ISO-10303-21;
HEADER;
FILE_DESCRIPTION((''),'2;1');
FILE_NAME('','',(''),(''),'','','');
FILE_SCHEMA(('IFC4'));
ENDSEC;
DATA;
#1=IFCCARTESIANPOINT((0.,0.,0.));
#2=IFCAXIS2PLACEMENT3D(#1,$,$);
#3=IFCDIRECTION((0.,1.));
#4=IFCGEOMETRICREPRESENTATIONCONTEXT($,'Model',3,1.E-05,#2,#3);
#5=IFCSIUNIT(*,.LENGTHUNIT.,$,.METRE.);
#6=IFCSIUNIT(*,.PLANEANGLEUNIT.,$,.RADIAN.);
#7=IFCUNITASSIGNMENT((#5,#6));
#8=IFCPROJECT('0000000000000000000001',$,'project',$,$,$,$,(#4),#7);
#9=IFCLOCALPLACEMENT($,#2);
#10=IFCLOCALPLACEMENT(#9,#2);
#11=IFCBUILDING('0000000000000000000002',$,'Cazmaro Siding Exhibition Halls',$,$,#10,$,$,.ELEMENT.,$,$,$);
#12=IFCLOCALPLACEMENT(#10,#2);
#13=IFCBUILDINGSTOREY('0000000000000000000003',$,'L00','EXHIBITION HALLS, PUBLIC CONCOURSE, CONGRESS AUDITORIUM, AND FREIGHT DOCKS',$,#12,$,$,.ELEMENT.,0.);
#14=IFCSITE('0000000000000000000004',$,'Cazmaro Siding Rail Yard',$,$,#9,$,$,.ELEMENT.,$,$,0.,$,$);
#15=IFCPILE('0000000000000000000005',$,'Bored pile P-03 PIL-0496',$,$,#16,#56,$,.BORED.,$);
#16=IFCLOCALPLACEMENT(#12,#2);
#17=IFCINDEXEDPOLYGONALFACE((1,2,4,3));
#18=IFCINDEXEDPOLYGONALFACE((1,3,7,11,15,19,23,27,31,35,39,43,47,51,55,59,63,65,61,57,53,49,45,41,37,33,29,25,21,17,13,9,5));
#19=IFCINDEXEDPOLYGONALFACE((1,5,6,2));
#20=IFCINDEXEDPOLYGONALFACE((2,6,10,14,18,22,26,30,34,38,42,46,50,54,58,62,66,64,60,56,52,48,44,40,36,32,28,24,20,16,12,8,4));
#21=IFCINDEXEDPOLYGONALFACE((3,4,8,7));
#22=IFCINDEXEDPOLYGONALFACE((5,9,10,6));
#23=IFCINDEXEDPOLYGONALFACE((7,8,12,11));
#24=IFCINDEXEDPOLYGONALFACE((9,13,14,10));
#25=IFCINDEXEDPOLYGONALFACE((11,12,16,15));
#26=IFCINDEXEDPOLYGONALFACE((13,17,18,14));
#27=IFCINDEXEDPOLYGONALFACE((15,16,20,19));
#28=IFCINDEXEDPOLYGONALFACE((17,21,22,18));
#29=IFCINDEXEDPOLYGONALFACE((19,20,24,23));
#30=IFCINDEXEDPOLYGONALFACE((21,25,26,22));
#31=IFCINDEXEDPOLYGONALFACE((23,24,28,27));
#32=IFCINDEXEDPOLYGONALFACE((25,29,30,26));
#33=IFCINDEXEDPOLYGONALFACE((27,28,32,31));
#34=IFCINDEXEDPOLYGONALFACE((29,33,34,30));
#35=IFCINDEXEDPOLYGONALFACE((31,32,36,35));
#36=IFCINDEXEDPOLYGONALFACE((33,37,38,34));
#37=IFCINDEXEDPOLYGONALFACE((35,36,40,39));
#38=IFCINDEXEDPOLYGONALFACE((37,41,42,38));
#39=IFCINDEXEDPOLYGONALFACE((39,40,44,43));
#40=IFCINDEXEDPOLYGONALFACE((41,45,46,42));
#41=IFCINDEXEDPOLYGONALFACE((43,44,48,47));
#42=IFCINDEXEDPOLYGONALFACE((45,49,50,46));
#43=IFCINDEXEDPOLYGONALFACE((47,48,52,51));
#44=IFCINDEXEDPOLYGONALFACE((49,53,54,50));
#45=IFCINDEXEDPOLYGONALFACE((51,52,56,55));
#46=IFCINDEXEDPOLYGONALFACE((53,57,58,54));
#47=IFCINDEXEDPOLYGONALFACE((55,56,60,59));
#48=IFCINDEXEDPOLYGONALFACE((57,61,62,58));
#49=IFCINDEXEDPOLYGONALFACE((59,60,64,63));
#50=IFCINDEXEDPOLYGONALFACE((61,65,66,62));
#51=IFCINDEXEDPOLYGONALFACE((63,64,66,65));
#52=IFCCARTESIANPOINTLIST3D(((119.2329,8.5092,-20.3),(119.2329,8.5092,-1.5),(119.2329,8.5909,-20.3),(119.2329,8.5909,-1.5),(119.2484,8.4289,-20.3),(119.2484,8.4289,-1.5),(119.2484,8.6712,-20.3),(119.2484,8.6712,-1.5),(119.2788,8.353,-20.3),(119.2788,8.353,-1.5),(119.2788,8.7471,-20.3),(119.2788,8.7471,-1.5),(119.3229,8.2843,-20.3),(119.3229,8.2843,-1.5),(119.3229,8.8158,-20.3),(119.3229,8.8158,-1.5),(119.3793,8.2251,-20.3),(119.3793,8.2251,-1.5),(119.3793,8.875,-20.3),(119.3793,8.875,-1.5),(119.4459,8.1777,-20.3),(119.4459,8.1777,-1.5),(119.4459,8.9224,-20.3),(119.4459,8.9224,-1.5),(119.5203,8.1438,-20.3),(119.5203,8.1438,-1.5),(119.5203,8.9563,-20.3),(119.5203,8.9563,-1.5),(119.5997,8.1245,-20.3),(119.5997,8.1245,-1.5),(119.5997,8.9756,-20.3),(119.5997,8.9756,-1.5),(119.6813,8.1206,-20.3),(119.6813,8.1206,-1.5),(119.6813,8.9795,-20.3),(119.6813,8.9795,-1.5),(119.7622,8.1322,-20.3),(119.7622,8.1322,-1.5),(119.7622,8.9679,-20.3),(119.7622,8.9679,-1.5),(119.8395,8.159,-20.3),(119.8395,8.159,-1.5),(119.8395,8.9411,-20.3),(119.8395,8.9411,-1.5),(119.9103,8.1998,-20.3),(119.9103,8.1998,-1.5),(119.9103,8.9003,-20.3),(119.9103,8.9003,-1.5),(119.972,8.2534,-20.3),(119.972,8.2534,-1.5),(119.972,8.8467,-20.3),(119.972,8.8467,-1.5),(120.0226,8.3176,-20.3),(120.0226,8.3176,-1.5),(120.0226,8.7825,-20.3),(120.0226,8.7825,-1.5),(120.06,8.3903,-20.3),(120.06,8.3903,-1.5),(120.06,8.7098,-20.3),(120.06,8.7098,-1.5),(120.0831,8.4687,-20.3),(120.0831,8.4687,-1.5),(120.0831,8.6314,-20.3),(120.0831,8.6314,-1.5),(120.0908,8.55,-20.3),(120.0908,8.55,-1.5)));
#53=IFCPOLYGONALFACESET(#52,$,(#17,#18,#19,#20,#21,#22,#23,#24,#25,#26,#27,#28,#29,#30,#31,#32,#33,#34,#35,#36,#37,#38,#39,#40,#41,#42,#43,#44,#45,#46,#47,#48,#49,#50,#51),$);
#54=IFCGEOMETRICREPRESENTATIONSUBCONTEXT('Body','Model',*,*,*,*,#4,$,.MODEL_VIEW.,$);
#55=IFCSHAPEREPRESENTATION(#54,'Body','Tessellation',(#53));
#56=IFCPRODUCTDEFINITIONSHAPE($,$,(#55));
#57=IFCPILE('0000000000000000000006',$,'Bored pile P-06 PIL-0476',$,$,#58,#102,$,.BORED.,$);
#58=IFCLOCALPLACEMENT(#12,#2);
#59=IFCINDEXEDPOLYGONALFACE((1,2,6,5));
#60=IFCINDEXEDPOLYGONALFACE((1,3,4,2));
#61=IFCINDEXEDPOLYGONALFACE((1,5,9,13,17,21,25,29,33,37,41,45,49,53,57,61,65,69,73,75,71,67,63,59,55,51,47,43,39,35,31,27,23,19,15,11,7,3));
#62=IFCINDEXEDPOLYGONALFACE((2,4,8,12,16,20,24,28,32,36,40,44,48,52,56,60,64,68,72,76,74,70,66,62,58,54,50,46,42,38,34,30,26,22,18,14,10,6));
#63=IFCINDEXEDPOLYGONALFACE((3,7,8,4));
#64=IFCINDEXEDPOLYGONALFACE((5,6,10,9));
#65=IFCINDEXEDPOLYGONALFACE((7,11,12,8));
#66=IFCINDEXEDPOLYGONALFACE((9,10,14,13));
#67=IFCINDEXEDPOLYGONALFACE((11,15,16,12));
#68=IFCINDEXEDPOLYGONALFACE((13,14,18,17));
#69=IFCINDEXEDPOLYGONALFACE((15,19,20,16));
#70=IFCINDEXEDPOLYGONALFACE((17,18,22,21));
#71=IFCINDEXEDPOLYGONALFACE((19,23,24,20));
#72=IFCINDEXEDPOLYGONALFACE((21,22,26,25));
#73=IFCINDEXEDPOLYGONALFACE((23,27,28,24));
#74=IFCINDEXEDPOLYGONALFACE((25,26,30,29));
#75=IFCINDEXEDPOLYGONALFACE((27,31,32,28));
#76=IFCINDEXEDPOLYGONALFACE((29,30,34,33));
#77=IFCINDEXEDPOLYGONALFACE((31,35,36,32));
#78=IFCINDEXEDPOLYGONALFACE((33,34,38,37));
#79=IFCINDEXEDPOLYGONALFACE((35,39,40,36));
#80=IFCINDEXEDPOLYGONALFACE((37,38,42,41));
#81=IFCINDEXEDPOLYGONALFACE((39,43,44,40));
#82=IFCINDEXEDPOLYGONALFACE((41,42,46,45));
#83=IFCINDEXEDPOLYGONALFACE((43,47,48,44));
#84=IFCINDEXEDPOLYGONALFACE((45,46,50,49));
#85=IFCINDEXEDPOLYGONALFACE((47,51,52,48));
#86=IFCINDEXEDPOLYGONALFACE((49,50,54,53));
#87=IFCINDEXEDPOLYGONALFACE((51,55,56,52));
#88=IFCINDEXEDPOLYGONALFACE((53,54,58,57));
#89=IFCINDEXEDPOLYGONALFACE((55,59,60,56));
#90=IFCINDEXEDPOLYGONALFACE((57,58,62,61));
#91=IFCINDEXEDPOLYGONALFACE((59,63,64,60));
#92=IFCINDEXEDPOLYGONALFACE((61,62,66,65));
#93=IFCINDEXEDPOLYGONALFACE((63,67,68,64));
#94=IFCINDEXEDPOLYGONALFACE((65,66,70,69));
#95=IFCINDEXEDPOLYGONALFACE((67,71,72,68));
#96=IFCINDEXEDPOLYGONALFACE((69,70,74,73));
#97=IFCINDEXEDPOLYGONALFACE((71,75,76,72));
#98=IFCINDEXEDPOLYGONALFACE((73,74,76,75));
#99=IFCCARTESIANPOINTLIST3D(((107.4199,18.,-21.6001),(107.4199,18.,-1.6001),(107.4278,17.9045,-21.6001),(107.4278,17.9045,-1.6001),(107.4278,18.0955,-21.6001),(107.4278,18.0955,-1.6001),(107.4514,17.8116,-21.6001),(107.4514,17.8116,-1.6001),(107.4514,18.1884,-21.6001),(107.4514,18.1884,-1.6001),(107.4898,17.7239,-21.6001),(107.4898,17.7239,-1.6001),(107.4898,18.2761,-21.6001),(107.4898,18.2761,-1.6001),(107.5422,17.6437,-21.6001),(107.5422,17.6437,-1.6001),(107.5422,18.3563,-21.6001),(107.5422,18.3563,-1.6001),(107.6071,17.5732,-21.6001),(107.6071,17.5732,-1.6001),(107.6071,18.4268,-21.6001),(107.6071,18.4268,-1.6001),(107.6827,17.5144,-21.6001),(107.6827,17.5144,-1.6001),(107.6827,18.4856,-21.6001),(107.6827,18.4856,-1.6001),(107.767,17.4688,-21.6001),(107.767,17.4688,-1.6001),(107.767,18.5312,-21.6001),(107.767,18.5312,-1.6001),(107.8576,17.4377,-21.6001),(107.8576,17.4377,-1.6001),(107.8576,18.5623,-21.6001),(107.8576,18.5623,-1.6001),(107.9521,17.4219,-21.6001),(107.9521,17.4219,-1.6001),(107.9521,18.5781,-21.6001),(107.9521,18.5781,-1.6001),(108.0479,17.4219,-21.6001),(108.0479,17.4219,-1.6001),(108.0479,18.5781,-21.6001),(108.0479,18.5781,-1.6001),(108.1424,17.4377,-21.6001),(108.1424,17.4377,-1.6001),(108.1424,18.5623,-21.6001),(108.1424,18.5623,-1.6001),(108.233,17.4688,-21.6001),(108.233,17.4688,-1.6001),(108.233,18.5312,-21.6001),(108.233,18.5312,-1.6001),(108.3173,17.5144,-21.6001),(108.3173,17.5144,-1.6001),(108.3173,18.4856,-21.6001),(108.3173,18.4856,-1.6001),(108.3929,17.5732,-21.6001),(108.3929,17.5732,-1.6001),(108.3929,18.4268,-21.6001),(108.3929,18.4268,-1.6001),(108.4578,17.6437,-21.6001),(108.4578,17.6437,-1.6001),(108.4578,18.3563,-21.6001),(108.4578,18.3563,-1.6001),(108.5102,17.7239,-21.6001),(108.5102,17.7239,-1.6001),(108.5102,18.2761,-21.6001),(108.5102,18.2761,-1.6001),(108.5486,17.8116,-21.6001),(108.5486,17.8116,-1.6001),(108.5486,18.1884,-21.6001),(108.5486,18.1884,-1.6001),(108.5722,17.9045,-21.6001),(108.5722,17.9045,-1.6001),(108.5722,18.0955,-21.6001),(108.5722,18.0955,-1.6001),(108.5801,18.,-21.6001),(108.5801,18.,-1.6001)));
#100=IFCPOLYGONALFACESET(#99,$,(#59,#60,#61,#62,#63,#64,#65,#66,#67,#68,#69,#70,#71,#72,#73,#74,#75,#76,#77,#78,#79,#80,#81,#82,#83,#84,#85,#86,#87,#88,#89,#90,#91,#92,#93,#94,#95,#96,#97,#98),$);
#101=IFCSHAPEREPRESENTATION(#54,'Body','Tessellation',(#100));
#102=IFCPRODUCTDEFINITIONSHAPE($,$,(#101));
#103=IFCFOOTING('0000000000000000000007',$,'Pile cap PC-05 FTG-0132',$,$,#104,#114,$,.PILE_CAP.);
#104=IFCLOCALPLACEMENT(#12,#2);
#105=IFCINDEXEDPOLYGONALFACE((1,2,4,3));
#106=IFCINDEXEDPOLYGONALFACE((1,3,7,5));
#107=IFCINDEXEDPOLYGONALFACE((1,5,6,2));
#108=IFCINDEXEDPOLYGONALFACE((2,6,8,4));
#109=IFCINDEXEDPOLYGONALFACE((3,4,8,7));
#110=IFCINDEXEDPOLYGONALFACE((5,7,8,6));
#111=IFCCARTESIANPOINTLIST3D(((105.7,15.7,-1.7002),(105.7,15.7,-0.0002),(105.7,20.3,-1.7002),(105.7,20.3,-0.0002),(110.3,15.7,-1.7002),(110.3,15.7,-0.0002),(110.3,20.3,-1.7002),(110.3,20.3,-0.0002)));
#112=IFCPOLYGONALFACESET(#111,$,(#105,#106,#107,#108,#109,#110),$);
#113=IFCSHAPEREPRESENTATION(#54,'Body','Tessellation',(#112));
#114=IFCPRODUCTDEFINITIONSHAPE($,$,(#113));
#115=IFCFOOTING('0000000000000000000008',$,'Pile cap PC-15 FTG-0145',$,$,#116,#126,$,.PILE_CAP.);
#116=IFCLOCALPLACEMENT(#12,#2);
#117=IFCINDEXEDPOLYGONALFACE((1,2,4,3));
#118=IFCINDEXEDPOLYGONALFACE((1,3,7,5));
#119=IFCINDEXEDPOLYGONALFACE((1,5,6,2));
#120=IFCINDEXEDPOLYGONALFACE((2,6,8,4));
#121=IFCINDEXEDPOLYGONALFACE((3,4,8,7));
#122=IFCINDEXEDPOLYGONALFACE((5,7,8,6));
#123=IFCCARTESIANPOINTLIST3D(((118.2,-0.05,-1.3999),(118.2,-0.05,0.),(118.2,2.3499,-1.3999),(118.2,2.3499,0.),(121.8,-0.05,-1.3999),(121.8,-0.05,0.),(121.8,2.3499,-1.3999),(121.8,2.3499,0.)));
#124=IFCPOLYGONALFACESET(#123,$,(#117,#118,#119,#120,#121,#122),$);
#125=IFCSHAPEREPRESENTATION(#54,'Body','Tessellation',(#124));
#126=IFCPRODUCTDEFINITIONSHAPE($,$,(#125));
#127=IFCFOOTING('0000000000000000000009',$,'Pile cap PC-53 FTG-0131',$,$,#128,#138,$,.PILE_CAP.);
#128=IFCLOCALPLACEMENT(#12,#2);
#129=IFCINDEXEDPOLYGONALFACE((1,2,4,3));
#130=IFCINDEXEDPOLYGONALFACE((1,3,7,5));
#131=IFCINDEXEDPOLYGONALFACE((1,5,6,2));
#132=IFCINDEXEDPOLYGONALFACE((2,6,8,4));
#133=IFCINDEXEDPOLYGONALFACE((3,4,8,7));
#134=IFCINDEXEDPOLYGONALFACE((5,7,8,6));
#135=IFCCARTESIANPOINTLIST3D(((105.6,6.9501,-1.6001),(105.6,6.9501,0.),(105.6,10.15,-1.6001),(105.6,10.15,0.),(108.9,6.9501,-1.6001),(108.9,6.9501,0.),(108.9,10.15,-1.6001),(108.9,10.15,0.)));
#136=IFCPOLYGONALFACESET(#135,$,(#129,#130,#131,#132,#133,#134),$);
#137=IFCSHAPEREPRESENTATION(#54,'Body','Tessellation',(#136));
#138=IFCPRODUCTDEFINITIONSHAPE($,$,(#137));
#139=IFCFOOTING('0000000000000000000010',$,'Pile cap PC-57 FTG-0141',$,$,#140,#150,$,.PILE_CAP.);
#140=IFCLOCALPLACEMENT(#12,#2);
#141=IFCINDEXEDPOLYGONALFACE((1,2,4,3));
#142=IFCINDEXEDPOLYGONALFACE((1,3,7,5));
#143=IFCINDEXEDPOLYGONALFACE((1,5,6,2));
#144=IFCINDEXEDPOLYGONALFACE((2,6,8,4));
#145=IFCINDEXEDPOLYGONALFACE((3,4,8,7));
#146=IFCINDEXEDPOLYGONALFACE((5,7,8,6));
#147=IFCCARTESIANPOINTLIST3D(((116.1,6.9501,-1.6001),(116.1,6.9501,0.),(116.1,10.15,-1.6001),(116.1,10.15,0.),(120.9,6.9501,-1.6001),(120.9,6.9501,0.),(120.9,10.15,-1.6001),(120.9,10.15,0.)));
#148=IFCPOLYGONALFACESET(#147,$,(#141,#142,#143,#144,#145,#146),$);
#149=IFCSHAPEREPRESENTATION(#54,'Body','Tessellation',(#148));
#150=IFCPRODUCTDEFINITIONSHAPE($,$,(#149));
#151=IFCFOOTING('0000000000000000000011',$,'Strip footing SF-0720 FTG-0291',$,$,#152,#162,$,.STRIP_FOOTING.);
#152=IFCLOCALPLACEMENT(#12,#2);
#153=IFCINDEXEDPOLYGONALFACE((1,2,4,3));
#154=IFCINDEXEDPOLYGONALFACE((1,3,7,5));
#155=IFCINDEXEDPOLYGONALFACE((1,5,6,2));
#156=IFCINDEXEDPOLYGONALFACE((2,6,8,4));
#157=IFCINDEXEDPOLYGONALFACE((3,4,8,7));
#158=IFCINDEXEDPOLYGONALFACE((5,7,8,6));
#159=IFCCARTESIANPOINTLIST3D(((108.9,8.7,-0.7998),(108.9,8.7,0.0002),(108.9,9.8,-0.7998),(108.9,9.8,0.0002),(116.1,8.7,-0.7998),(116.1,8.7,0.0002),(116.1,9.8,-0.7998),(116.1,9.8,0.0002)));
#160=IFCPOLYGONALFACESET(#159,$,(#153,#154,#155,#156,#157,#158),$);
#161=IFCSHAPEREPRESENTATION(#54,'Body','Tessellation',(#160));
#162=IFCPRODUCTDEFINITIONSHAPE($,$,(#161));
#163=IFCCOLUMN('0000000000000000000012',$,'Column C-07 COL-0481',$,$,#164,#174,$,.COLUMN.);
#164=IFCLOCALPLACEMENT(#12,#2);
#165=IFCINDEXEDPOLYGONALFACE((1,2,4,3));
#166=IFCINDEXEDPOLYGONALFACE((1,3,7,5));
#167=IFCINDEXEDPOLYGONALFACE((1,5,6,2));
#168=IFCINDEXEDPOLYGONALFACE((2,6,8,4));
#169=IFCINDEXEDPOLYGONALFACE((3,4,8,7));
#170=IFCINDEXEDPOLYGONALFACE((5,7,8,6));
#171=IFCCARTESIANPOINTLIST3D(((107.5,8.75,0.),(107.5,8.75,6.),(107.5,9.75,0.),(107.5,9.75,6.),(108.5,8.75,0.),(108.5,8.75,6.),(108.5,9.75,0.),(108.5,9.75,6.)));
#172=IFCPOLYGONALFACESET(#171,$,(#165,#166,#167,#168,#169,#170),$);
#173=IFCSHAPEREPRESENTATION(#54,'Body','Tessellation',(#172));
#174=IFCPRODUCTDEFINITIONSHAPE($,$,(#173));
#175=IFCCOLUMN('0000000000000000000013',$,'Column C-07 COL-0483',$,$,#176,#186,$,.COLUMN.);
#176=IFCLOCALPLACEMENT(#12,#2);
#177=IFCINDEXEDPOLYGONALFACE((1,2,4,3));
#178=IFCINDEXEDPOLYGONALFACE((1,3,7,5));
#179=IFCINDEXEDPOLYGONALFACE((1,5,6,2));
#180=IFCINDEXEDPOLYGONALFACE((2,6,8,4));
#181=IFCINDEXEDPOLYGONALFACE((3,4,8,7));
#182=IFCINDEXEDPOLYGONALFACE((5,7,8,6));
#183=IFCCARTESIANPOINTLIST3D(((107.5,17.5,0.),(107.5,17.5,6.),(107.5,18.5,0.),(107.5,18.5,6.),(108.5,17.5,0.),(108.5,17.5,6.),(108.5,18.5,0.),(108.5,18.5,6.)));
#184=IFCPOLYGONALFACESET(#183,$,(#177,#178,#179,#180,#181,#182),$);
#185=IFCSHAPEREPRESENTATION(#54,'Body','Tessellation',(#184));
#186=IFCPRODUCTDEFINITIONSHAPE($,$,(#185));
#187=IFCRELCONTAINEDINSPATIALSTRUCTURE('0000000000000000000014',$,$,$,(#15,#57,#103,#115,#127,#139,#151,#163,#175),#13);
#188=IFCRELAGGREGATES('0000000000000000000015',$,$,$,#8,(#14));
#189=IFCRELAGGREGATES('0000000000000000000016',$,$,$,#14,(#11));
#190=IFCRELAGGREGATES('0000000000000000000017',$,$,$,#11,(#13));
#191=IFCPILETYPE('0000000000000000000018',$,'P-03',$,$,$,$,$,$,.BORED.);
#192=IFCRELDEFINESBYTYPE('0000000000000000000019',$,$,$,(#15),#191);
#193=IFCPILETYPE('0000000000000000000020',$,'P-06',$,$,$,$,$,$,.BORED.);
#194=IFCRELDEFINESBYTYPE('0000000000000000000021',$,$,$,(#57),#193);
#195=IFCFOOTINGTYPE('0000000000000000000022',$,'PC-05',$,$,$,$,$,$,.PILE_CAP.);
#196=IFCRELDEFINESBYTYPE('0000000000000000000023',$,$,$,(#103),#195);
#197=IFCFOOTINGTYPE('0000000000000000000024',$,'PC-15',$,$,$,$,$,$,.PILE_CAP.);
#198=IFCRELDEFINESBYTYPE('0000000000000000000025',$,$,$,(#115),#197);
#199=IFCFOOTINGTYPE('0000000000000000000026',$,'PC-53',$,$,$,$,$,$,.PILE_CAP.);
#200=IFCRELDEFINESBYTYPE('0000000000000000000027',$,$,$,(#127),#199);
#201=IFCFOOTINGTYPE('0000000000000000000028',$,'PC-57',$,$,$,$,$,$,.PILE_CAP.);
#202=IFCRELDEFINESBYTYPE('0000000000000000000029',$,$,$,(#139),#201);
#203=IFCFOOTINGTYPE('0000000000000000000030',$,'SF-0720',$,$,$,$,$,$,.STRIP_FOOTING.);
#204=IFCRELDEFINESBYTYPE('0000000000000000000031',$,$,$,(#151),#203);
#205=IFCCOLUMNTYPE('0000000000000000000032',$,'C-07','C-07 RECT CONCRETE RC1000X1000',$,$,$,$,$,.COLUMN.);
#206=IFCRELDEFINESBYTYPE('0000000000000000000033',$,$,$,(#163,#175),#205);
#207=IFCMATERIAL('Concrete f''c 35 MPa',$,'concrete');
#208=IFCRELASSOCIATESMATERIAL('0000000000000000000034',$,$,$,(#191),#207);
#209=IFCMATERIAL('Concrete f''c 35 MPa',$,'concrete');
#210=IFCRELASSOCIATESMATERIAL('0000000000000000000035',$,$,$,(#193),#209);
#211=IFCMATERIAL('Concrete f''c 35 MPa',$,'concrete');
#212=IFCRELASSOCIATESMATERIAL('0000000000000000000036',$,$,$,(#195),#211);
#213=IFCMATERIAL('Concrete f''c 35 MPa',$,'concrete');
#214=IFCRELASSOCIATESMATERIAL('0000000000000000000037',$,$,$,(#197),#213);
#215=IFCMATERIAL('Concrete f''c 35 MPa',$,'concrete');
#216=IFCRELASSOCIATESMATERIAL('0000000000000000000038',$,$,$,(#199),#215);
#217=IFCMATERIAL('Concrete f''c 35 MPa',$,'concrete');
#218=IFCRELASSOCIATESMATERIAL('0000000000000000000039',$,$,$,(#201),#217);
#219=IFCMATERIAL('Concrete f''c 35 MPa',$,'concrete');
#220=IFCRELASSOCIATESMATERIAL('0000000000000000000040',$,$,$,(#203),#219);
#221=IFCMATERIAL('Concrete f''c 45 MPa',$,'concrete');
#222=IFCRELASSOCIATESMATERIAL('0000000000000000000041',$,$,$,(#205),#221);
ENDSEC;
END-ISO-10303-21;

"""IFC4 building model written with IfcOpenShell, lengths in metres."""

from ifc_helpers import new_model, si_unit, direction, frame, origin, origin_2d, place, context, subcontext, project, spatial, rectangle, circle, extrude, material, material_profile, profile_set, type_object, element, save


model = new_model("IFC4")

# Units and contexts
model_context = context("Model", 3, precision=1e-05, world=origin(), true_north=direction((0.0, 1.0)))
body_context = subcontext(model_context, "Body", "Model", "MODEL_VIEW")
ifc_project = project(units=[si_unit("LENGTHUNIT", "METRE"), si_unit("PLANEANGLEUNIT", "RADIAN")], contexts=[model_context])

# Site, building, storey
site_placement = place(None, origin())
site = spatial("IfcSite", under=ifc_project, at=site_placement, Name="Cazmaro Siding Rail Yard", CompositionType="ELEMENT", RefElevation=0.0)
building_placement = place(site_placement, origin())
building = spatial("IfcBuilding", under=site, at=building_placement, Name="Cazmaro Siding Exhibition Halls", CompositionType="ELEMENT")
storey_placement = place(building_placement, origin())
storey = spatial("IfcBuildingStorey", under=building, at=storey_placement, Name="L00", Description="EXHIBITION HALLS, PUBLIC CONCOURSE, CONGRESS AUDITORIUM, AND FREIGHT DOCKS", CompositionType="ELEMENT", Elevation=0.0)

# Piles
ifc_material_1 = material(Name="Concrete f'c 35 MPa", Category="concrete")
ifc_material_profile_1 = material_profile(ifc_material_1, circle(Radius=0.4299, at=origin_2d()), Name="CIDH-860")
ifc_profile_set_1 = profile_set([ifc_material_profile_1], Name="Concrete f'c 35 MPa")
pile_type_1 = type_object("IfcPileType", Name="P-03", PredefinedType="BORED", material=ifc_profile_set_1)
for number, where, z_axis, x_axis, name in (
    (1, (119.6609, 8.55, -1.5), (0.0, 0.0, -1.0), (1.0, 0.0, 0.0), "Bored pile P-03 PIL-0496"),
):
    element("IfcPile", number, at=place(storey_placement, frame(where, z_axis=z_axis, x_axis=x_axis)), inside=storey, type_object=pile_type_1, Name=name, PredefinedType="BORED", context=body_context, shape_type="SweptSolid", body=[
        extrude(circle(Radius=0.4299, at=origin_2d()), origin(), (0.0, 0.0, 1.0), 18.8),
    ])
ifc_material_2 = material(Name="Concrete f'c 35 MPa", Category="concrete")
ifc_material_profile_2 = material_profile(ifc_material_2, circle(Radius=0.5801, at=origin_2d()), Name="CIDH-1160")
ifc_profile_set_2 = profile_set([ifc_material_profile_2], Name="Concrete f'c 35 MPa")
pile_type_2 = type_object("IfcPileType", Name="P-06", PredefinedType="BORED", material=ifc_profile_set_2)
pile_placement = place(storey_placement, frame((108.0, 18.0, -1.6001), z_axis=(0.0, 0.0, -1.0), x_axis=(1.0, 0.0, 0.0)))
element("IfcPile", 2, at=pile_placement, inside=storey, type_object=pile_type_2, Name="Bored pile P-06 PIL-0476", PredefinedType="BORED", context=body_context, shape_type="SweptSolid", body=[
    extrude(circle(Radius=0.5801, at=origin_2d()), origin(), (0.0, 0.0, 1.0), 20.0),
])

# Footings
ifc_material_3 = material(Name="Concrete f'c 35 MPa", Category="concrete")
footing_type_1 = type_object("IfcFootingType", Name="PC-05", PredefinedType="PILE_CAP", material=ifc_material_3)
footing_1_placement = place(storey_placement, frame((108.0, 18.0, -1.7002), z_axis=(0.0, 0.0, 1.0), x_axis=(1.0, 0.0, 0.0)))
element("IfcFooting", 3, at=footing_1_placement, inside=storey, type_object=footing_type_1, Name="Pile cap PC-05 FTG-0132", PredefinedType="PILE_CAP", context=body_context, shape_type="SweptSolid", body=[
    extrude(rectangle(XDim=4.6001, YDim=4.6001, at=origin_2d()), origin(), (0.0, 0.0, 1.0), 1.7),
])
ifc_material_4 = material(Name="Concrete f'c 35 MPa", Category="concrete")
footing_type_2 = type_object("IfcFootingType", Name="PC-15", PredefinedType="PILE_CAP", material=ifc_material_4)
footing_2_placement = place(storey_placement, frame((120.0, 1.1499, -1.3999), z_axis=(0.0, 0.0, 1.0), x_axis=(1.0, 0.0, 0.0)))
element("IfcFooting", 4, at=footing_2_placement, inside=storey, type_object=footing_type_2, Name="Pile cap PC-15 FTG-0145", PredefinedType="PILE_CAP", context=body_context, shape_type="SweptSolid", body=[
    extrude(rectangle(XDim=3.6001, YDim=2.3999, at=origin_2d()), origin(), (0.0, 0.0, 1.0), 1.3999),
])
ifc_material_5 = material(Name="Concrete f'c 35 MPa", Category="concrete")
footing_type_3 = type_object("IfcFootingType", Name="PC-53", PredefinedType="PILE_CAP", material=ifc_material_5)
footing_3_placement = place(storey_placement, frame((107.25, 8.55, -1.6001), z_axis=(0.0, 0.0, 1.0), x_axis=(1.0, 0.0, 0.0)))
element("IfcFooting", 5, at=footing_3_placement, inside=storey, type_object=footing_type_3, Name="Pile cap PC-53 FTG-0131", PredefinedType="PILE_CAP", context=body_context, shape_type="SweptSolid", body=[
    extrude(rectangle(XDim=3.3, YDim=3.2, at=origin_2d()), origin(), (0.0, 0.0, 1.0), 1.6001),
])
ifc_material_6 = material(Name="Concrete f'c 35 MPa", Category="concrete")
footing_type_4 = type_object("IfcFootingType", Name="PC-57", PredefinedType="PILE_CAP", material=ifc_material_6)
footing_4_placement = place(storey_placement, frame((118.5, 8.55, -1.6001), z_axis=(0.0, 0.0, 1.0), x_axis=(1.0, 0.0, 0.0)))
element("IfcFooting", 6, at=footing_4_placement, inside=storey, type_object=footing_type_4, Name="Pile cap PC-57 FTG-0141", PredefinedType="PILE_CAP", context=body_context, shape_type="SweptSolid", body=[
    extrude(rectangle(XDim=4.8, YDim=3.2, at=origin_2d()), origin(), (0.0, 0.0, 1.0), 1.6001),
])
ifc_material_7 = material(Name="Concrete f'c 35 MPa", Category="concrete")
footing_type_5 = type_object("IfcFootingType", Name="SF-0720", PredefinedType="STRIP_FOOTING", material=ifc_material_7)
footing_5_placement = place(storey_placement, frame((112.5, 9.25, -0.7998), z_axis=(0.0, 0.0, 1.0), x_axis=(1.0, 0.0, 0.0)))
element("IfcFooting", 7, at=footing_5_placement, inside=storey, type_object=footing_type_5, Name="Strip footing SF-0720 FTG-0291", PredefinedType="STRIP_FOOTING", context=body_context, shape_type="SweptSolid", body=[
    extrude(rectangle(XDim=7.2, YDim=1.1001, at=origin_2d()), origin(), (0.0, 0.0, 1.0), 0.8),
])

# Columns
ifc_material_8 = material(Name="Concrete f'c 45 MPa", Category="concrete")
ifc_material_profile_3 = material_profile(ifc_material_8, rectangle(XDim=1.0, YDim=1.0, at=origin_2d()), Name="RC1000X1000")
ifc_profile_set_3 = profile_set([ifc_material_profile_3], Name="Concrete f'c 45 MPa")
column_type_1 = type_object("IfcColumnType", Name="C-07", Description="C-07 RECT CONCRETE RC1000X1000", PredefinedType="COLUMN", material=ifc_profile_set_3)
for number, where, z_axis, x_axis, name in (
    (8, (108.0, 9.25, 0.0), (0.0, 0.0, 1.0), (1.0, 0.0, 0.0), "Column C-07 COL-0481"),
    (9, (108.0, 18.0, 0.0), (0.0, 0.0, 1.0), (1.0, 0.0, 0.0), "Column C-07 COL-0483"),
):
    element("IfcColumn", number, at=place(storey_placement, frame(where, z_axis=z_axis, x_axis=x_axis)), inside=storey, type_object=column_type_1, Name=name, PredefinedType="COLUMN", context=body_context, shape_type="SweptSolid", body=[
        extrude(rectangle(XDim=1.0, YDim=1.0, at=origin_2d()), origin(), (0.0, 0.0, 1.0), 6.0),
    ])

save(model, "model.ifc")
